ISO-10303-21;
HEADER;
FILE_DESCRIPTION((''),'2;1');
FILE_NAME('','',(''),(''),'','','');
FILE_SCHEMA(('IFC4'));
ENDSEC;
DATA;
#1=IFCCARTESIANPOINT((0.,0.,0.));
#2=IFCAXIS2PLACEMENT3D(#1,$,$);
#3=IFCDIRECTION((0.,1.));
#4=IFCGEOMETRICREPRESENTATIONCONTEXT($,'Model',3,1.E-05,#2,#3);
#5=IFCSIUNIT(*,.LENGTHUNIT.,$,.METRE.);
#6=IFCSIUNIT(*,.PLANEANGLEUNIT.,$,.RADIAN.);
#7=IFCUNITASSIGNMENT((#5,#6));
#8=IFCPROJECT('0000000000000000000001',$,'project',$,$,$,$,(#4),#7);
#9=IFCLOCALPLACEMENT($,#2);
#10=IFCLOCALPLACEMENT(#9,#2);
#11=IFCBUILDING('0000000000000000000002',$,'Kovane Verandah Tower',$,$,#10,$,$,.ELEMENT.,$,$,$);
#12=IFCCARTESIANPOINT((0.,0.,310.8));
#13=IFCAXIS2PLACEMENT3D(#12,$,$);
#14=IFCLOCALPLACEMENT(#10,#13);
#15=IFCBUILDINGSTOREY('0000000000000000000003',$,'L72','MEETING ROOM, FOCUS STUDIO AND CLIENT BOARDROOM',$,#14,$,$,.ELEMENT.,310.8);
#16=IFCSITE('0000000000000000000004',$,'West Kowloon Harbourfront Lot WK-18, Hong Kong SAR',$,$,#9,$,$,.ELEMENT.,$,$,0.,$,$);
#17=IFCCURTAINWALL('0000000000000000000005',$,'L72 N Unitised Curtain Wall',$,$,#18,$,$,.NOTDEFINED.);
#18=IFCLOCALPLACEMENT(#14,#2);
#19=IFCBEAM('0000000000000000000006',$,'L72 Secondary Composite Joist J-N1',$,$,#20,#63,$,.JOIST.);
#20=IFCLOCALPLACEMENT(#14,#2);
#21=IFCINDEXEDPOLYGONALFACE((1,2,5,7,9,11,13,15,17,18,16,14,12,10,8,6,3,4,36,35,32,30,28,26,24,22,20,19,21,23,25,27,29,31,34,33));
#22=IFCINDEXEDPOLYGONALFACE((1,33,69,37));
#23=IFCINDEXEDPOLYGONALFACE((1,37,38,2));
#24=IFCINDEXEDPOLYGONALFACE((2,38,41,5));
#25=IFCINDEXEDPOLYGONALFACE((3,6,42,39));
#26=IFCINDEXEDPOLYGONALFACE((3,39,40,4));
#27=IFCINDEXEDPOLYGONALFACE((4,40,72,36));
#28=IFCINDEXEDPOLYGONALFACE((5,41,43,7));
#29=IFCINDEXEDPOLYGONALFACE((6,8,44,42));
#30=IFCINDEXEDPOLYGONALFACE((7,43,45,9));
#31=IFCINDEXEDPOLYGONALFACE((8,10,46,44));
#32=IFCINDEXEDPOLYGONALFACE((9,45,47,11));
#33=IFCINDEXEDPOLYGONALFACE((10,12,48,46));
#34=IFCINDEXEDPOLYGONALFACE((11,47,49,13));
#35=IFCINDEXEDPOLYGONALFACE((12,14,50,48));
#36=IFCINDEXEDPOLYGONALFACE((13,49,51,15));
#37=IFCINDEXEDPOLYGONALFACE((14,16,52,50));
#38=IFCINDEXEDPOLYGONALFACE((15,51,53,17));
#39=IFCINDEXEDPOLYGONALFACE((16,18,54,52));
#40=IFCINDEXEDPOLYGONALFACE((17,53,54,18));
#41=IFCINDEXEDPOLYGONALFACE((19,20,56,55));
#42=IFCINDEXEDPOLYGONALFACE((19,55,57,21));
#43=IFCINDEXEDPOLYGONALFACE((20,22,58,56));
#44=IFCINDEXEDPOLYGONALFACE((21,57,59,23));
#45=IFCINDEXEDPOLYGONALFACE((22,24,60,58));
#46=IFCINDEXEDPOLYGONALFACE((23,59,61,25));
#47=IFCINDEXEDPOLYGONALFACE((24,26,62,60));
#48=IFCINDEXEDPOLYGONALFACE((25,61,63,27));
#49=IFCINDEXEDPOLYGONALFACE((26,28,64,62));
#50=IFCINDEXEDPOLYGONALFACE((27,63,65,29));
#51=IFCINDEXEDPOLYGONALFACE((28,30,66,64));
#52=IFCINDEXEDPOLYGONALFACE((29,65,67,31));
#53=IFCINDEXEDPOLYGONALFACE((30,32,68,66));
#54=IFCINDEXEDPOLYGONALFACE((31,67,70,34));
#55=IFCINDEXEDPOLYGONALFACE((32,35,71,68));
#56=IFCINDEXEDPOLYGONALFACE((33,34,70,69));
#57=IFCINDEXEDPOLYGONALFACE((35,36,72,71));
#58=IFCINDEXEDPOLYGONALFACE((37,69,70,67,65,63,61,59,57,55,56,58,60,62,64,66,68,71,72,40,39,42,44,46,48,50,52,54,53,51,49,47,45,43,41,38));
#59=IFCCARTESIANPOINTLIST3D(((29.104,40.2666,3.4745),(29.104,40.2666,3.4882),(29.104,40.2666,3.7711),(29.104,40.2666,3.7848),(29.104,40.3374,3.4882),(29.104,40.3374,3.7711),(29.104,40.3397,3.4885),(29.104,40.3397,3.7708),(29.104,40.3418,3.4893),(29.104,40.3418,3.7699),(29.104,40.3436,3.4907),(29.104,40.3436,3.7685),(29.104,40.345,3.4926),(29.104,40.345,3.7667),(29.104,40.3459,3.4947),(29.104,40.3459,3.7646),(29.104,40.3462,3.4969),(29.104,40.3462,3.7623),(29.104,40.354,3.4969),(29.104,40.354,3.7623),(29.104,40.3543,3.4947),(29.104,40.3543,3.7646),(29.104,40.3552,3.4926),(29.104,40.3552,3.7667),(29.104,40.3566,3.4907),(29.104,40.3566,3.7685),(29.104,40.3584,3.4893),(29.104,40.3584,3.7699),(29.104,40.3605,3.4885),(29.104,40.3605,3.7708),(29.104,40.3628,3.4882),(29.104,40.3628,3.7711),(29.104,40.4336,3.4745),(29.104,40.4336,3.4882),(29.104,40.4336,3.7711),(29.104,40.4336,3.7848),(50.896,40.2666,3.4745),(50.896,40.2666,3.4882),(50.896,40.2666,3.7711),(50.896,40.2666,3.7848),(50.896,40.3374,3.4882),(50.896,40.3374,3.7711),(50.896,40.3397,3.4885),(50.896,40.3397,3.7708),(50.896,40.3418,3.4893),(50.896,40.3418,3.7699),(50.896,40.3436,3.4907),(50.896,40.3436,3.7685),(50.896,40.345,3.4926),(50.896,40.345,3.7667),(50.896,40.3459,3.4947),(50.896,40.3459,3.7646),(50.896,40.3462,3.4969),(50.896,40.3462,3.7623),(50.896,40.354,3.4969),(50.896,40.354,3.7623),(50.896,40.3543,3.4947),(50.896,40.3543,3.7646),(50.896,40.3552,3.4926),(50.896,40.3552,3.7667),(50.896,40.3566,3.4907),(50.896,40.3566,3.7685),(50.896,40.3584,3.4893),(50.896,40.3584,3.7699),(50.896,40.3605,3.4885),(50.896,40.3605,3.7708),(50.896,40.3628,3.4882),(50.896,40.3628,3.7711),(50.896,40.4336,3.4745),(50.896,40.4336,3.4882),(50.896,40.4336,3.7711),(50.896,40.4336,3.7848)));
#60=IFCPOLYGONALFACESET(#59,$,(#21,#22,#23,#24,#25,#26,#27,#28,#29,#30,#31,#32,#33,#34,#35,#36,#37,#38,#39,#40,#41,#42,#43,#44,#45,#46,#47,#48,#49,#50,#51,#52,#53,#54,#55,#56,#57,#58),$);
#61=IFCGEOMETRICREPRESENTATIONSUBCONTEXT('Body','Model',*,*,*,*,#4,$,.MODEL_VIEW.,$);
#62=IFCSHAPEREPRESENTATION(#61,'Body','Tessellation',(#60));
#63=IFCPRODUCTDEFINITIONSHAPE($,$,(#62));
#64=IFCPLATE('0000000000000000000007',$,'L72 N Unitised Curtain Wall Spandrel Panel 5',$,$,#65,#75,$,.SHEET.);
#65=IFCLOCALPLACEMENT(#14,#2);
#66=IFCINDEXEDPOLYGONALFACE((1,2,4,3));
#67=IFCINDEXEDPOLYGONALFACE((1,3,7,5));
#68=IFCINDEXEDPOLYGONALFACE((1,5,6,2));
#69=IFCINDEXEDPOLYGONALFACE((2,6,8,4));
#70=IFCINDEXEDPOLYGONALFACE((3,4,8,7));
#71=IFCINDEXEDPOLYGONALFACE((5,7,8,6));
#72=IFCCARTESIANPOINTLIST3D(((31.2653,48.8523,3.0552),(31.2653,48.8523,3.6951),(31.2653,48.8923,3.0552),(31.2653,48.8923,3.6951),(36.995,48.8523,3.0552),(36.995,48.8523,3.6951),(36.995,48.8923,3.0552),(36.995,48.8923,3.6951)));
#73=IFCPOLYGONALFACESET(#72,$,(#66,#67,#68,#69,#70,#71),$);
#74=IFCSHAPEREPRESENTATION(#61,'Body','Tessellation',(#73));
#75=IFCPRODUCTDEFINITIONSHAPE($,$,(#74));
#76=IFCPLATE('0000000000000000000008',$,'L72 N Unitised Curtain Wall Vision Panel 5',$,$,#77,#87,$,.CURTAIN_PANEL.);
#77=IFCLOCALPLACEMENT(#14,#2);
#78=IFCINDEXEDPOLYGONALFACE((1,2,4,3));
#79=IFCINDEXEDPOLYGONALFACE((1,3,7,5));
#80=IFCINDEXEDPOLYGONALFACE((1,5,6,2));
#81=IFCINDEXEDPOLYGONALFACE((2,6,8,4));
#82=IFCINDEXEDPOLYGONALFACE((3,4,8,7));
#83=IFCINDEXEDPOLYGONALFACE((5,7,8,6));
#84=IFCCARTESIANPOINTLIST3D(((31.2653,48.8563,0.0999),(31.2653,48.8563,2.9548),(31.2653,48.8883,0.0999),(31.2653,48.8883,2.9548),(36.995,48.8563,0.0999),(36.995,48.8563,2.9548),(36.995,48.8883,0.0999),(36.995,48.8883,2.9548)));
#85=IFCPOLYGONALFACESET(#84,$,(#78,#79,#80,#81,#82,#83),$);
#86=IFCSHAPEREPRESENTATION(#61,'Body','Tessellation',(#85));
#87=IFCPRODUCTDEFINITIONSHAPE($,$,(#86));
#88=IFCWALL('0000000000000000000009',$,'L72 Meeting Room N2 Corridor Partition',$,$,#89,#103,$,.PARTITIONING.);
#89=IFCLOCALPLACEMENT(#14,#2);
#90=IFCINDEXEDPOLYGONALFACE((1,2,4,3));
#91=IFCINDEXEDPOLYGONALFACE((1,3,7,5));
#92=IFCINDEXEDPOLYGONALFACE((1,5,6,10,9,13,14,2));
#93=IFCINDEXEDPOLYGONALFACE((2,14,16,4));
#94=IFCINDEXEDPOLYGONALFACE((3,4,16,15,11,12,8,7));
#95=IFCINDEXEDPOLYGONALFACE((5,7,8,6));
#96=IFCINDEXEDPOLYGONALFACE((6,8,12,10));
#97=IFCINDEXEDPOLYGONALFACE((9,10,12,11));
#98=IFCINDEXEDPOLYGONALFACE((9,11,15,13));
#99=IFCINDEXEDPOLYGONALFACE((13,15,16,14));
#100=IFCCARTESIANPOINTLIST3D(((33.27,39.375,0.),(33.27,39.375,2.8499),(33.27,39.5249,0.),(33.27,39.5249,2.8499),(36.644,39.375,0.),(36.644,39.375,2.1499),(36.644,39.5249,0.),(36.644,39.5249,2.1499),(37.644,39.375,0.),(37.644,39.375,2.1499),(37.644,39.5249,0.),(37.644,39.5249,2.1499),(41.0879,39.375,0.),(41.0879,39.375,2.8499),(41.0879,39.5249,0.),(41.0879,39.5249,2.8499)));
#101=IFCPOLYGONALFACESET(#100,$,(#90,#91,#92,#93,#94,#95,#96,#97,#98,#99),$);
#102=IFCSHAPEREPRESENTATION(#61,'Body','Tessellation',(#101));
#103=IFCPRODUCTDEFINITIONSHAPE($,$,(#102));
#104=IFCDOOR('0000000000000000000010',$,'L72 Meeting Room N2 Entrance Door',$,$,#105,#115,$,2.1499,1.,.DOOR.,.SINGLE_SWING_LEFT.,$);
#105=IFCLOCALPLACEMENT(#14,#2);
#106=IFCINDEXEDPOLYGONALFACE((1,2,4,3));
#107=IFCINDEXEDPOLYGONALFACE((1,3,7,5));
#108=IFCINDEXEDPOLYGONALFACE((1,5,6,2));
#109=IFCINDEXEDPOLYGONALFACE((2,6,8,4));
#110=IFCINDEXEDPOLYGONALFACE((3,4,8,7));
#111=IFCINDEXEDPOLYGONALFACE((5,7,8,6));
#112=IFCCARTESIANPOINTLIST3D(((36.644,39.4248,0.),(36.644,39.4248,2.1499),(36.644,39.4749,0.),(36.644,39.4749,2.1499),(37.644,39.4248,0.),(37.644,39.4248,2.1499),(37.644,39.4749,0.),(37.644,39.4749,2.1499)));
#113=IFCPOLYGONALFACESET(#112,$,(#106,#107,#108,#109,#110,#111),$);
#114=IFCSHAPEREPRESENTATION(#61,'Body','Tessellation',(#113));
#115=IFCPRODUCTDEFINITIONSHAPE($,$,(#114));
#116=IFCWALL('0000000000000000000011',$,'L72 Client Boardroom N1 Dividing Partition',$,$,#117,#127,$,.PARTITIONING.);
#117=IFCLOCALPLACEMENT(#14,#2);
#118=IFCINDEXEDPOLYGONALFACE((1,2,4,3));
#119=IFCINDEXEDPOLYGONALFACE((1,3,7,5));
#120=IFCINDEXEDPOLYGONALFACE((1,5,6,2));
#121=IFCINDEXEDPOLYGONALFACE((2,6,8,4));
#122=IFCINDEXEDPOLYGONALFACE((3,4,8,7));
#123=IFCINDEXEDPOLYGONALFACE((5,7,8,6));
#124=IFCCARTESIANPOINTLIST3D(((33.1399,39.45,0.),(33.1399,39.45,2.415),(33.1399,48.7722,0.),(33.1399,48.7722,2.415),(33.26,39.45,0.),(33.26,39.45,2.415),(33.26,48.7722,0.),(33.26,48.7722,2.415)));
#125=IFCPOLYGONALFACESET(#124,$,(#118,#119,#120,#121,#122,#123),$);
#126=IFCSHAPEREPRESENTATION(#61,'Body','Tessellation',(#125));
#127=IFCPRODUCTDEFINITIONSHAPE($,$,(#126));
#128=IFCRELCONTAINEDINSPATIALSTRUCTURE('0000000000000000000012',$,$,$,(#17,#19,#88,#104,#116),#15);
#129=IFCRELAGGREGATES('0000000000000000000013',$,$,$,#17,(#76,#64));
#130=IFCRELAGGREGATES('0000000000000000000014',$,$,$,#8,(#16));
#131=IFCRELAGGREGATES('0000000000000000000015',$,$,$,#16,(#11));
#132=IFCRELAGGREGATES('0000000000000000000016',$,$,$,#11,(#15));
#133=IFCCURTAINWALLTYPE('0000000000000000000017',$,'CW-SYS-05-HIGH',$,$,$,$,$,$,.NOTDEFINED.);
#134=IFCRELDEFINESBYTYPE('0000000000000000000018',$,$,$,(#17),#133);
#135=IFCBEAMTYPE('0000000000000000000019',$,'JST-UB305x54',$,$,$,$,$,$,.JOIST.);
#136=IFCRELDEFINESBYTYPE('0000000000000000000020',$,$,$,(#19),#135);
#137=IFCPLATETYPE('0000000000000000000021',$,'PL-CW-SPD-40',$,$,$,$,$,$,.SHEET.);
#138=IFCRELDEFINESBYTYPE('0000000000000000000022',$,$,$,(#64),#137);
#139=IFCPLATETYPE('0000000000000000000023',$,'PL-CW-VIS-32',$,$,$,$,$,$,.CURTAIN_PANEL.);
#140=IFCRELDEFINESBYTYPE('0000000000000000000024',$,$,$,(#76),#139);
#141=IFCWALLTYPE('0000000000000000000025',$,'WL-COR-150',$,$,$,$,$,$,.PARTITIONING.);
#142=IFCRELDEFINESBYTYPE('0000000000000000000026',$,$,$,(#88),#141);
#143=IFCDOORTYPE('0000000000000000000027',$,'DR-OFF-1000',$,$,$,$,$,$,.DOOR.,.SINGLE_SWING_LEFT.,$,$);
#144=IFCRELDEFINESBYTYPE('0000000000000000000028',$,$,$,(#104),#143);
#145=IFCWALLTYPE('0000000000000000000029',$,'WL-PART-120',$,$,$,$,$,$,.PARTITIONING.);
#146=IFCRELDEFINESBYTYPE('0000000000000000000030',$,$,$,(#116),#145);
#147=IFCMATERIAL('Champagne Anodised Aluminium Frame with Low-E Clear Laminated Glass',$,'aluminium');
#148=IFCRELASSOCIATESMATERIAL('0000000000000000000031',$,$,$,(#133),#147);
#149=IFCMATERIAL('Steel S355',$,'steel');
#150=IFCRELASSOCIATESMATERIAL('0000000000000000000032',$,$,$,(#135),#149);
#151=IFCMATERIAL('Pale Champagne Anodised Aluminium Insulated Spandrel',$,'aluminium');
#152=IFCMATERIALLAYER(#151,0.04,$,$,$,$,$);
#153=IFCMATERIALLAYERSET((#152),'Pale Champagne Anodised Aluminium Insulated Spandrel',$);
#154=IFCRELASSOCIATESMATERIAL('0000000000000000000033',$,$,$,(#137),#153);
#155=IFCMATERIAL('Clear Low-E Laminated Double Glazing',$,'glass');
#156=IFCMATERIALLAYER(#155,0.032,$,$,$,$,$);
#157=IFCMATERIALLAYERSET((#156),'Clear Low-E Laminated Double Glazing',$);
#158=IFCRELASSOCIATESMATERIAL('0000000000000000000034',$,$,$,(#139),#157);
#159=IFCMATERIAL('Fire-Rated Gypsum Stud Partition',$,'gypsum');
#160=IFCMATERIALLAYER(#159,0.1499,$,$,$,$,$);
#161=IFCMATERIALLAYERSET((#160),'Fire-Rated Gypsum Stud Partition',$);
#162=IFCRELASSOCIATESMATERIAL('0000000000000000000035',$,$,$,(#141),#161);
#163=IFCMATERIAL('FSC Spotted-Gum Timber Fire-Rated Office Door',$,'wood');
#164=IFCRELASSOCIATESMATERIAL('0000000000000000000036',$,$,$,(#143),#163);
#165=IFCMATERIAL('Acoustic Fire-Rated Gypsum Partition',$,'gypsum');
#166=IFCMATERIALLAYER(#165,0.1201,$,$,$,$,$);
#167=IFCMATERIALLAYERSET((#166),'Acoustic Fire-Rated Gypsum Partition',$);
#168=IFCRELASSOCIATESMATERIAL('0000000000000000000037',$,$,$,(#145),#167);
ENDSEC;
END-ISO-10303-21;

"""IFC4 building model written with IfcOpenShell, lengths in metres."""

from ifc_helpers import new_model, si_unit, direction, frame, frame_2d, origin, origin_2d, place, context, subcontext, project, spatial, rectangle, i_section, extrude, material, layer, layer_set, material_profile, profile_set, type_object, element, fill, aggregate, save


model = new_model("IFC4")

# Units and contexts
model_context = context("Model", 3, precision=1e-05, world=origin(), true_north=direction((0.0, 1.0)))
body_context = subcontext(model_context, "Body", "Model", "MODEL_VIEW")
ifc_project = project(units=[si_unit("LENGTHUNIT", "METRE"), si_unit("PLANEANGLEUNIT", "RADIAN")], contexts=[model_context])

# Site, building, storey
site_placement = place(None, origin())
site = spatial("IfcSite", under=ifc_project, at=site_placement, Name="West Kowloon Harbourfront Lot WK-18, Hong Kong SAR", CompositionType="ELEMENT", RefElevation=0.0)
building_placement = place(site_placement, origin())
building = spatial("IfcBuilding", under=site, at=building_placement, Name="Kovane Verandah Tower", CompositionType="ELEMENT")
storey_placement = place(building_placement, frame((0.0, 0.0, 310.8)))
storey = spatial("IfcBuildingStorey", under=building, at=storey_placement, Name="L72", Description="MEETING ROOM, FOCUS STUDIO AND CLIENT BOARDROOM", CompositionType="ELEMENT", Elevation=310.8)

# Shared definitions
ifc_material_1 = material(Name="Steel S355", Category="steel")

# Curtain wall
ifc_material_2 = material(Name="Champagne Anodised Aluminium Frame with Low-E Clear Laminated Glass", Category="aluminium")
curtain_wall_type = type_object("IfcCurtainWallType", Name="CW-SYS-05-HIGH", PredefinedType="NOTDEFINED", material=ifc_material_2)
curtain_wall_placement = place(storey_placement, origin())
curtain_wall = element("IfcCurtainWall", 1, at=curtain_wall_placement, inside=storey, type_object=curtain_wall_type, Name="L72 N Unitised Curtain Wall", PredefinedType="NOTDEFINED")

# Beam
ifc_material_profile_1 = material_profile(ifc_material_1, i_section(OverallWidth=0.167, OverallDepth=0.3103, WebThickness=0.0078, FlangeThickness=0.0137, FilletRadius=0.0088, at=origin_2d()), Name="UB305x165x54")
ifc_profile_set_1 = profile_set([ifc_material_profile_1], Name="Steel S355")
beam_type_1 = type_object("IfcBeamType", Name="JST-UB305x54", PredefinedType="JOIST", material=ifc_profile_set_1)
beam_1_placement = place(storey_placement, frame((29.104, 40.3501, 3.6296), z_axis=(1.0, 0.0, 0.0), x_axis=(0.0, 1.0, 0.0)))
element("IfcBeam", 2, at=beam_1_placement, inside=storey, type_object=beam_type_1, Name="L72 Secondary Composite Joist J-N1", PredefinedType="JOIST", context=body_context, shape_type="SweptSolid", body=[
    extrude(i_section(OverallWidth=0.167, OverallDepth=0.3103, WebThickness=0.0078, FlangeThickness=0.0137, FilletRadius=0.0088, at=origin_2d()), origin(), (0.0, 0.0, 1.0), 21.792),
])

# Plates
ifc_material_3 = material(Name="Pale Champagne Anodised Aluminium Insulated Spandrel", Category="aluminium")
ifc_layer_1 = layer(ifc_material_3, 0.04)
ifc_layer_set_1 = layer_set([ifc_layer_1], Name="Pale Champagne Anodised Aluminium Insulated Spandrel")
plate_type_1 = type_object("IfcPlateType", Name="PL-CW-SPD-40", PredefinedType="SHEET", material=ifc_layer_set_1)
plate_1_placement = place(storey_placement, frame((34.1301, 48.8723, 3.0552), z_axis=(0.0, 0.0, 1.0), x_axis=(-1.0, 0.0, 0.0)))
plate_1 = element("IfcPlate", 3, at=plate_1_placement, type_object=plate_type_1, Name="L72 N Unitised Curtain Wall Spandrel Panel 5", PredefinedType="SHEET", context=body_context, shape_type="SweptSolid", body=[
    extrude(rectangle(XDim=5.7297, YDim=0.04, at=origin_2d()), origin(), (0.0, 0.0, 1.0), 0.6399),
])
ifc_material_4 = material(Name="Clear Low-E Laminated Double Glazing", Category="glass")
ifc_layer_2 = layer(ifc_material_4, 0.032)
ifc_layer_set_2 = layer_set([ifc_layer_2], Name="Clear Low-E Laminated Double Glazing")
plate_type_2 = type_object("IfcPlateType", Name="PL-CW-VIS-32", PredefinedType="CURTAIN_PANEL", material=ifc_layer_set_2)
plate_2_placement = place(storey_placement, frame((34.1301, 48.8723, 0.0999), z_axis=(0.0, 0.0, 1.0), x_axis=(-1.0, 0.0, 0.0)))
plate_2 = element("IfcPlate", 4, at=plate_2_placement, type_object=plate_type_2, Name="L72 N Unitised Curtain Wall Vision Panel 5", PredefinedType="CURTAIN_PANEL", context=body_context, shape_type="SweptSolid", body=[
    extrude(rectangle(XDim=5.7297, YDim=0.032, at=origin_2d()), origin(), (0.0, 0.0, 1.0), 2.855),
])
aggregate(curtain_wall, [plate_2, plate_1])

# Wall, opening, door
ifc_material_5 = material(Name="Fire-Rated Gypsum Stud Partition", Category="gypsum")
ifc_layer_3 = layer(ifc_material_5, 0.1499)
ifc_layer_set_3 = layer_set([ifc_layer_3], Name="Fire-Rated Gypsum Stud Partition")
wall_type_1 = type_object("IfcWallType", Name="WL-COR-150", PredefinedType="PARTITIONING", material=ifc_layer_set_3)
wall_1_placement = place(storey_placement, frame((33.27, 39.45, 0.0), z_axis=(0.0, 0.0, 1.0), x_axis=(1.0, 0.0, 0.0)))
wall_1 = element("IfcWall", 5, at=wall_1_placement, inside=storey, type_object=wall_type_1, Name="L72 Meeting Room N2 Corridor Partition", PredefinedType="PARTITIONING", context=body_context, shape_type="SweptSolid", body=[
    extrude(rectangle(XDim=7.8179, YDim=0.1499, at=frame_2d((3.9089, 0.0))), origin(), (0.0, 0.0, 1.0), 2.8499),
])
opening_1_placement = place(wall_1_placement, frame((3.374, 0.0, 0.0)))
opening_1 = element("IfcOpeningElement", 6, at=opening_1_placement, cuts=wall_1, PredefinedType="OPENING", context=body_context, shape_type="SweptSolid", body=[
    extrude(rectangle(XDim=1.0, YDim=2.1499, at=frame_2d((0.5, 1.075))), frame((0.0, 0.075, 0.0), z_axis=(0.0, -1.0, 0.0), x_axis=(1.0, 0.0, 0.0)), (0.0, 0.0, 1.0), 0.1499),
])
ifc_material_6 = material(Name="FSC Spotted-Gum Timber Fire-Rated Office Door", Category="wood")
door_type_1 = type_object("IfcDoorType", Name="DR-OFF-1000", OperationType="SINGLE_SWING_LEFT", PredefinedType="DOOR", material=ifc_material_6)
door_1_placement = place(opening_1_placement, origin())
door_1 = element("IfcDoor", 7, at=door_1_placement, inside=storey, type_object=door_type_1, Name="L72 Meeting Room N2 Entrance Door", OperationType="SINGLE_SWING_LEFT", OverallHeight=2.1499, OverallWidth=1.0, PredefinedType="DOOR", context=body_context, shape_type="SweptSolid", body=[
    extrude(rectangle(XDim=1.0, YDim=2.1499, at=frame_2d((0.5, 1.075))), frame((0.0, 0.0249, 0.0), z_axis=(0.0, -1.0, 0.0), x_axis=(1.0, 0.0, 0.0)), (0.0, 0.0, 1.0), 0.05),
])
fill(opening_1, door_1)

# Wall
ifc_material_7 = material(Name="Acoustic Fire-Rated Gypsum Partition", Category="gypsum")
ifc_layer_4 = layer(ifc_material_7, 0.1201)
ifc_layer_set_4 = layer_set([ifc_layer_4], Name="Acoustic Fire-Rated Gypsum Partition")
wall_type_2 = type_object("IfcWallType", Name="WL-PART-120", PredefinedType="PARTITIONING", material=ifc_layer_set_4)
wall_2_placement = place(storey_placement, frame((33.2, 39.45, 0.0), z_axis=(0.0, 0.0, 1.0), x_axis=(0.0, 1.0, 0.0)))
element("IfcWall", 8, at=wall_2_placement, inside=storey, type_object=wall_type_2, Name="L72 Client Boardroom N1 Dividing Partition", PredefinedType="PARTITIONING", context=body_context, shape_type="SweptSolid", body=[
    extrude(rectangle(XDim=9.3223, YDim=0.1201, at=frame_2d((4.6611, 0.0))), origin(), (0.0, 0.0, 1.0), 2.415),
])

save(model, "model.ifc")
